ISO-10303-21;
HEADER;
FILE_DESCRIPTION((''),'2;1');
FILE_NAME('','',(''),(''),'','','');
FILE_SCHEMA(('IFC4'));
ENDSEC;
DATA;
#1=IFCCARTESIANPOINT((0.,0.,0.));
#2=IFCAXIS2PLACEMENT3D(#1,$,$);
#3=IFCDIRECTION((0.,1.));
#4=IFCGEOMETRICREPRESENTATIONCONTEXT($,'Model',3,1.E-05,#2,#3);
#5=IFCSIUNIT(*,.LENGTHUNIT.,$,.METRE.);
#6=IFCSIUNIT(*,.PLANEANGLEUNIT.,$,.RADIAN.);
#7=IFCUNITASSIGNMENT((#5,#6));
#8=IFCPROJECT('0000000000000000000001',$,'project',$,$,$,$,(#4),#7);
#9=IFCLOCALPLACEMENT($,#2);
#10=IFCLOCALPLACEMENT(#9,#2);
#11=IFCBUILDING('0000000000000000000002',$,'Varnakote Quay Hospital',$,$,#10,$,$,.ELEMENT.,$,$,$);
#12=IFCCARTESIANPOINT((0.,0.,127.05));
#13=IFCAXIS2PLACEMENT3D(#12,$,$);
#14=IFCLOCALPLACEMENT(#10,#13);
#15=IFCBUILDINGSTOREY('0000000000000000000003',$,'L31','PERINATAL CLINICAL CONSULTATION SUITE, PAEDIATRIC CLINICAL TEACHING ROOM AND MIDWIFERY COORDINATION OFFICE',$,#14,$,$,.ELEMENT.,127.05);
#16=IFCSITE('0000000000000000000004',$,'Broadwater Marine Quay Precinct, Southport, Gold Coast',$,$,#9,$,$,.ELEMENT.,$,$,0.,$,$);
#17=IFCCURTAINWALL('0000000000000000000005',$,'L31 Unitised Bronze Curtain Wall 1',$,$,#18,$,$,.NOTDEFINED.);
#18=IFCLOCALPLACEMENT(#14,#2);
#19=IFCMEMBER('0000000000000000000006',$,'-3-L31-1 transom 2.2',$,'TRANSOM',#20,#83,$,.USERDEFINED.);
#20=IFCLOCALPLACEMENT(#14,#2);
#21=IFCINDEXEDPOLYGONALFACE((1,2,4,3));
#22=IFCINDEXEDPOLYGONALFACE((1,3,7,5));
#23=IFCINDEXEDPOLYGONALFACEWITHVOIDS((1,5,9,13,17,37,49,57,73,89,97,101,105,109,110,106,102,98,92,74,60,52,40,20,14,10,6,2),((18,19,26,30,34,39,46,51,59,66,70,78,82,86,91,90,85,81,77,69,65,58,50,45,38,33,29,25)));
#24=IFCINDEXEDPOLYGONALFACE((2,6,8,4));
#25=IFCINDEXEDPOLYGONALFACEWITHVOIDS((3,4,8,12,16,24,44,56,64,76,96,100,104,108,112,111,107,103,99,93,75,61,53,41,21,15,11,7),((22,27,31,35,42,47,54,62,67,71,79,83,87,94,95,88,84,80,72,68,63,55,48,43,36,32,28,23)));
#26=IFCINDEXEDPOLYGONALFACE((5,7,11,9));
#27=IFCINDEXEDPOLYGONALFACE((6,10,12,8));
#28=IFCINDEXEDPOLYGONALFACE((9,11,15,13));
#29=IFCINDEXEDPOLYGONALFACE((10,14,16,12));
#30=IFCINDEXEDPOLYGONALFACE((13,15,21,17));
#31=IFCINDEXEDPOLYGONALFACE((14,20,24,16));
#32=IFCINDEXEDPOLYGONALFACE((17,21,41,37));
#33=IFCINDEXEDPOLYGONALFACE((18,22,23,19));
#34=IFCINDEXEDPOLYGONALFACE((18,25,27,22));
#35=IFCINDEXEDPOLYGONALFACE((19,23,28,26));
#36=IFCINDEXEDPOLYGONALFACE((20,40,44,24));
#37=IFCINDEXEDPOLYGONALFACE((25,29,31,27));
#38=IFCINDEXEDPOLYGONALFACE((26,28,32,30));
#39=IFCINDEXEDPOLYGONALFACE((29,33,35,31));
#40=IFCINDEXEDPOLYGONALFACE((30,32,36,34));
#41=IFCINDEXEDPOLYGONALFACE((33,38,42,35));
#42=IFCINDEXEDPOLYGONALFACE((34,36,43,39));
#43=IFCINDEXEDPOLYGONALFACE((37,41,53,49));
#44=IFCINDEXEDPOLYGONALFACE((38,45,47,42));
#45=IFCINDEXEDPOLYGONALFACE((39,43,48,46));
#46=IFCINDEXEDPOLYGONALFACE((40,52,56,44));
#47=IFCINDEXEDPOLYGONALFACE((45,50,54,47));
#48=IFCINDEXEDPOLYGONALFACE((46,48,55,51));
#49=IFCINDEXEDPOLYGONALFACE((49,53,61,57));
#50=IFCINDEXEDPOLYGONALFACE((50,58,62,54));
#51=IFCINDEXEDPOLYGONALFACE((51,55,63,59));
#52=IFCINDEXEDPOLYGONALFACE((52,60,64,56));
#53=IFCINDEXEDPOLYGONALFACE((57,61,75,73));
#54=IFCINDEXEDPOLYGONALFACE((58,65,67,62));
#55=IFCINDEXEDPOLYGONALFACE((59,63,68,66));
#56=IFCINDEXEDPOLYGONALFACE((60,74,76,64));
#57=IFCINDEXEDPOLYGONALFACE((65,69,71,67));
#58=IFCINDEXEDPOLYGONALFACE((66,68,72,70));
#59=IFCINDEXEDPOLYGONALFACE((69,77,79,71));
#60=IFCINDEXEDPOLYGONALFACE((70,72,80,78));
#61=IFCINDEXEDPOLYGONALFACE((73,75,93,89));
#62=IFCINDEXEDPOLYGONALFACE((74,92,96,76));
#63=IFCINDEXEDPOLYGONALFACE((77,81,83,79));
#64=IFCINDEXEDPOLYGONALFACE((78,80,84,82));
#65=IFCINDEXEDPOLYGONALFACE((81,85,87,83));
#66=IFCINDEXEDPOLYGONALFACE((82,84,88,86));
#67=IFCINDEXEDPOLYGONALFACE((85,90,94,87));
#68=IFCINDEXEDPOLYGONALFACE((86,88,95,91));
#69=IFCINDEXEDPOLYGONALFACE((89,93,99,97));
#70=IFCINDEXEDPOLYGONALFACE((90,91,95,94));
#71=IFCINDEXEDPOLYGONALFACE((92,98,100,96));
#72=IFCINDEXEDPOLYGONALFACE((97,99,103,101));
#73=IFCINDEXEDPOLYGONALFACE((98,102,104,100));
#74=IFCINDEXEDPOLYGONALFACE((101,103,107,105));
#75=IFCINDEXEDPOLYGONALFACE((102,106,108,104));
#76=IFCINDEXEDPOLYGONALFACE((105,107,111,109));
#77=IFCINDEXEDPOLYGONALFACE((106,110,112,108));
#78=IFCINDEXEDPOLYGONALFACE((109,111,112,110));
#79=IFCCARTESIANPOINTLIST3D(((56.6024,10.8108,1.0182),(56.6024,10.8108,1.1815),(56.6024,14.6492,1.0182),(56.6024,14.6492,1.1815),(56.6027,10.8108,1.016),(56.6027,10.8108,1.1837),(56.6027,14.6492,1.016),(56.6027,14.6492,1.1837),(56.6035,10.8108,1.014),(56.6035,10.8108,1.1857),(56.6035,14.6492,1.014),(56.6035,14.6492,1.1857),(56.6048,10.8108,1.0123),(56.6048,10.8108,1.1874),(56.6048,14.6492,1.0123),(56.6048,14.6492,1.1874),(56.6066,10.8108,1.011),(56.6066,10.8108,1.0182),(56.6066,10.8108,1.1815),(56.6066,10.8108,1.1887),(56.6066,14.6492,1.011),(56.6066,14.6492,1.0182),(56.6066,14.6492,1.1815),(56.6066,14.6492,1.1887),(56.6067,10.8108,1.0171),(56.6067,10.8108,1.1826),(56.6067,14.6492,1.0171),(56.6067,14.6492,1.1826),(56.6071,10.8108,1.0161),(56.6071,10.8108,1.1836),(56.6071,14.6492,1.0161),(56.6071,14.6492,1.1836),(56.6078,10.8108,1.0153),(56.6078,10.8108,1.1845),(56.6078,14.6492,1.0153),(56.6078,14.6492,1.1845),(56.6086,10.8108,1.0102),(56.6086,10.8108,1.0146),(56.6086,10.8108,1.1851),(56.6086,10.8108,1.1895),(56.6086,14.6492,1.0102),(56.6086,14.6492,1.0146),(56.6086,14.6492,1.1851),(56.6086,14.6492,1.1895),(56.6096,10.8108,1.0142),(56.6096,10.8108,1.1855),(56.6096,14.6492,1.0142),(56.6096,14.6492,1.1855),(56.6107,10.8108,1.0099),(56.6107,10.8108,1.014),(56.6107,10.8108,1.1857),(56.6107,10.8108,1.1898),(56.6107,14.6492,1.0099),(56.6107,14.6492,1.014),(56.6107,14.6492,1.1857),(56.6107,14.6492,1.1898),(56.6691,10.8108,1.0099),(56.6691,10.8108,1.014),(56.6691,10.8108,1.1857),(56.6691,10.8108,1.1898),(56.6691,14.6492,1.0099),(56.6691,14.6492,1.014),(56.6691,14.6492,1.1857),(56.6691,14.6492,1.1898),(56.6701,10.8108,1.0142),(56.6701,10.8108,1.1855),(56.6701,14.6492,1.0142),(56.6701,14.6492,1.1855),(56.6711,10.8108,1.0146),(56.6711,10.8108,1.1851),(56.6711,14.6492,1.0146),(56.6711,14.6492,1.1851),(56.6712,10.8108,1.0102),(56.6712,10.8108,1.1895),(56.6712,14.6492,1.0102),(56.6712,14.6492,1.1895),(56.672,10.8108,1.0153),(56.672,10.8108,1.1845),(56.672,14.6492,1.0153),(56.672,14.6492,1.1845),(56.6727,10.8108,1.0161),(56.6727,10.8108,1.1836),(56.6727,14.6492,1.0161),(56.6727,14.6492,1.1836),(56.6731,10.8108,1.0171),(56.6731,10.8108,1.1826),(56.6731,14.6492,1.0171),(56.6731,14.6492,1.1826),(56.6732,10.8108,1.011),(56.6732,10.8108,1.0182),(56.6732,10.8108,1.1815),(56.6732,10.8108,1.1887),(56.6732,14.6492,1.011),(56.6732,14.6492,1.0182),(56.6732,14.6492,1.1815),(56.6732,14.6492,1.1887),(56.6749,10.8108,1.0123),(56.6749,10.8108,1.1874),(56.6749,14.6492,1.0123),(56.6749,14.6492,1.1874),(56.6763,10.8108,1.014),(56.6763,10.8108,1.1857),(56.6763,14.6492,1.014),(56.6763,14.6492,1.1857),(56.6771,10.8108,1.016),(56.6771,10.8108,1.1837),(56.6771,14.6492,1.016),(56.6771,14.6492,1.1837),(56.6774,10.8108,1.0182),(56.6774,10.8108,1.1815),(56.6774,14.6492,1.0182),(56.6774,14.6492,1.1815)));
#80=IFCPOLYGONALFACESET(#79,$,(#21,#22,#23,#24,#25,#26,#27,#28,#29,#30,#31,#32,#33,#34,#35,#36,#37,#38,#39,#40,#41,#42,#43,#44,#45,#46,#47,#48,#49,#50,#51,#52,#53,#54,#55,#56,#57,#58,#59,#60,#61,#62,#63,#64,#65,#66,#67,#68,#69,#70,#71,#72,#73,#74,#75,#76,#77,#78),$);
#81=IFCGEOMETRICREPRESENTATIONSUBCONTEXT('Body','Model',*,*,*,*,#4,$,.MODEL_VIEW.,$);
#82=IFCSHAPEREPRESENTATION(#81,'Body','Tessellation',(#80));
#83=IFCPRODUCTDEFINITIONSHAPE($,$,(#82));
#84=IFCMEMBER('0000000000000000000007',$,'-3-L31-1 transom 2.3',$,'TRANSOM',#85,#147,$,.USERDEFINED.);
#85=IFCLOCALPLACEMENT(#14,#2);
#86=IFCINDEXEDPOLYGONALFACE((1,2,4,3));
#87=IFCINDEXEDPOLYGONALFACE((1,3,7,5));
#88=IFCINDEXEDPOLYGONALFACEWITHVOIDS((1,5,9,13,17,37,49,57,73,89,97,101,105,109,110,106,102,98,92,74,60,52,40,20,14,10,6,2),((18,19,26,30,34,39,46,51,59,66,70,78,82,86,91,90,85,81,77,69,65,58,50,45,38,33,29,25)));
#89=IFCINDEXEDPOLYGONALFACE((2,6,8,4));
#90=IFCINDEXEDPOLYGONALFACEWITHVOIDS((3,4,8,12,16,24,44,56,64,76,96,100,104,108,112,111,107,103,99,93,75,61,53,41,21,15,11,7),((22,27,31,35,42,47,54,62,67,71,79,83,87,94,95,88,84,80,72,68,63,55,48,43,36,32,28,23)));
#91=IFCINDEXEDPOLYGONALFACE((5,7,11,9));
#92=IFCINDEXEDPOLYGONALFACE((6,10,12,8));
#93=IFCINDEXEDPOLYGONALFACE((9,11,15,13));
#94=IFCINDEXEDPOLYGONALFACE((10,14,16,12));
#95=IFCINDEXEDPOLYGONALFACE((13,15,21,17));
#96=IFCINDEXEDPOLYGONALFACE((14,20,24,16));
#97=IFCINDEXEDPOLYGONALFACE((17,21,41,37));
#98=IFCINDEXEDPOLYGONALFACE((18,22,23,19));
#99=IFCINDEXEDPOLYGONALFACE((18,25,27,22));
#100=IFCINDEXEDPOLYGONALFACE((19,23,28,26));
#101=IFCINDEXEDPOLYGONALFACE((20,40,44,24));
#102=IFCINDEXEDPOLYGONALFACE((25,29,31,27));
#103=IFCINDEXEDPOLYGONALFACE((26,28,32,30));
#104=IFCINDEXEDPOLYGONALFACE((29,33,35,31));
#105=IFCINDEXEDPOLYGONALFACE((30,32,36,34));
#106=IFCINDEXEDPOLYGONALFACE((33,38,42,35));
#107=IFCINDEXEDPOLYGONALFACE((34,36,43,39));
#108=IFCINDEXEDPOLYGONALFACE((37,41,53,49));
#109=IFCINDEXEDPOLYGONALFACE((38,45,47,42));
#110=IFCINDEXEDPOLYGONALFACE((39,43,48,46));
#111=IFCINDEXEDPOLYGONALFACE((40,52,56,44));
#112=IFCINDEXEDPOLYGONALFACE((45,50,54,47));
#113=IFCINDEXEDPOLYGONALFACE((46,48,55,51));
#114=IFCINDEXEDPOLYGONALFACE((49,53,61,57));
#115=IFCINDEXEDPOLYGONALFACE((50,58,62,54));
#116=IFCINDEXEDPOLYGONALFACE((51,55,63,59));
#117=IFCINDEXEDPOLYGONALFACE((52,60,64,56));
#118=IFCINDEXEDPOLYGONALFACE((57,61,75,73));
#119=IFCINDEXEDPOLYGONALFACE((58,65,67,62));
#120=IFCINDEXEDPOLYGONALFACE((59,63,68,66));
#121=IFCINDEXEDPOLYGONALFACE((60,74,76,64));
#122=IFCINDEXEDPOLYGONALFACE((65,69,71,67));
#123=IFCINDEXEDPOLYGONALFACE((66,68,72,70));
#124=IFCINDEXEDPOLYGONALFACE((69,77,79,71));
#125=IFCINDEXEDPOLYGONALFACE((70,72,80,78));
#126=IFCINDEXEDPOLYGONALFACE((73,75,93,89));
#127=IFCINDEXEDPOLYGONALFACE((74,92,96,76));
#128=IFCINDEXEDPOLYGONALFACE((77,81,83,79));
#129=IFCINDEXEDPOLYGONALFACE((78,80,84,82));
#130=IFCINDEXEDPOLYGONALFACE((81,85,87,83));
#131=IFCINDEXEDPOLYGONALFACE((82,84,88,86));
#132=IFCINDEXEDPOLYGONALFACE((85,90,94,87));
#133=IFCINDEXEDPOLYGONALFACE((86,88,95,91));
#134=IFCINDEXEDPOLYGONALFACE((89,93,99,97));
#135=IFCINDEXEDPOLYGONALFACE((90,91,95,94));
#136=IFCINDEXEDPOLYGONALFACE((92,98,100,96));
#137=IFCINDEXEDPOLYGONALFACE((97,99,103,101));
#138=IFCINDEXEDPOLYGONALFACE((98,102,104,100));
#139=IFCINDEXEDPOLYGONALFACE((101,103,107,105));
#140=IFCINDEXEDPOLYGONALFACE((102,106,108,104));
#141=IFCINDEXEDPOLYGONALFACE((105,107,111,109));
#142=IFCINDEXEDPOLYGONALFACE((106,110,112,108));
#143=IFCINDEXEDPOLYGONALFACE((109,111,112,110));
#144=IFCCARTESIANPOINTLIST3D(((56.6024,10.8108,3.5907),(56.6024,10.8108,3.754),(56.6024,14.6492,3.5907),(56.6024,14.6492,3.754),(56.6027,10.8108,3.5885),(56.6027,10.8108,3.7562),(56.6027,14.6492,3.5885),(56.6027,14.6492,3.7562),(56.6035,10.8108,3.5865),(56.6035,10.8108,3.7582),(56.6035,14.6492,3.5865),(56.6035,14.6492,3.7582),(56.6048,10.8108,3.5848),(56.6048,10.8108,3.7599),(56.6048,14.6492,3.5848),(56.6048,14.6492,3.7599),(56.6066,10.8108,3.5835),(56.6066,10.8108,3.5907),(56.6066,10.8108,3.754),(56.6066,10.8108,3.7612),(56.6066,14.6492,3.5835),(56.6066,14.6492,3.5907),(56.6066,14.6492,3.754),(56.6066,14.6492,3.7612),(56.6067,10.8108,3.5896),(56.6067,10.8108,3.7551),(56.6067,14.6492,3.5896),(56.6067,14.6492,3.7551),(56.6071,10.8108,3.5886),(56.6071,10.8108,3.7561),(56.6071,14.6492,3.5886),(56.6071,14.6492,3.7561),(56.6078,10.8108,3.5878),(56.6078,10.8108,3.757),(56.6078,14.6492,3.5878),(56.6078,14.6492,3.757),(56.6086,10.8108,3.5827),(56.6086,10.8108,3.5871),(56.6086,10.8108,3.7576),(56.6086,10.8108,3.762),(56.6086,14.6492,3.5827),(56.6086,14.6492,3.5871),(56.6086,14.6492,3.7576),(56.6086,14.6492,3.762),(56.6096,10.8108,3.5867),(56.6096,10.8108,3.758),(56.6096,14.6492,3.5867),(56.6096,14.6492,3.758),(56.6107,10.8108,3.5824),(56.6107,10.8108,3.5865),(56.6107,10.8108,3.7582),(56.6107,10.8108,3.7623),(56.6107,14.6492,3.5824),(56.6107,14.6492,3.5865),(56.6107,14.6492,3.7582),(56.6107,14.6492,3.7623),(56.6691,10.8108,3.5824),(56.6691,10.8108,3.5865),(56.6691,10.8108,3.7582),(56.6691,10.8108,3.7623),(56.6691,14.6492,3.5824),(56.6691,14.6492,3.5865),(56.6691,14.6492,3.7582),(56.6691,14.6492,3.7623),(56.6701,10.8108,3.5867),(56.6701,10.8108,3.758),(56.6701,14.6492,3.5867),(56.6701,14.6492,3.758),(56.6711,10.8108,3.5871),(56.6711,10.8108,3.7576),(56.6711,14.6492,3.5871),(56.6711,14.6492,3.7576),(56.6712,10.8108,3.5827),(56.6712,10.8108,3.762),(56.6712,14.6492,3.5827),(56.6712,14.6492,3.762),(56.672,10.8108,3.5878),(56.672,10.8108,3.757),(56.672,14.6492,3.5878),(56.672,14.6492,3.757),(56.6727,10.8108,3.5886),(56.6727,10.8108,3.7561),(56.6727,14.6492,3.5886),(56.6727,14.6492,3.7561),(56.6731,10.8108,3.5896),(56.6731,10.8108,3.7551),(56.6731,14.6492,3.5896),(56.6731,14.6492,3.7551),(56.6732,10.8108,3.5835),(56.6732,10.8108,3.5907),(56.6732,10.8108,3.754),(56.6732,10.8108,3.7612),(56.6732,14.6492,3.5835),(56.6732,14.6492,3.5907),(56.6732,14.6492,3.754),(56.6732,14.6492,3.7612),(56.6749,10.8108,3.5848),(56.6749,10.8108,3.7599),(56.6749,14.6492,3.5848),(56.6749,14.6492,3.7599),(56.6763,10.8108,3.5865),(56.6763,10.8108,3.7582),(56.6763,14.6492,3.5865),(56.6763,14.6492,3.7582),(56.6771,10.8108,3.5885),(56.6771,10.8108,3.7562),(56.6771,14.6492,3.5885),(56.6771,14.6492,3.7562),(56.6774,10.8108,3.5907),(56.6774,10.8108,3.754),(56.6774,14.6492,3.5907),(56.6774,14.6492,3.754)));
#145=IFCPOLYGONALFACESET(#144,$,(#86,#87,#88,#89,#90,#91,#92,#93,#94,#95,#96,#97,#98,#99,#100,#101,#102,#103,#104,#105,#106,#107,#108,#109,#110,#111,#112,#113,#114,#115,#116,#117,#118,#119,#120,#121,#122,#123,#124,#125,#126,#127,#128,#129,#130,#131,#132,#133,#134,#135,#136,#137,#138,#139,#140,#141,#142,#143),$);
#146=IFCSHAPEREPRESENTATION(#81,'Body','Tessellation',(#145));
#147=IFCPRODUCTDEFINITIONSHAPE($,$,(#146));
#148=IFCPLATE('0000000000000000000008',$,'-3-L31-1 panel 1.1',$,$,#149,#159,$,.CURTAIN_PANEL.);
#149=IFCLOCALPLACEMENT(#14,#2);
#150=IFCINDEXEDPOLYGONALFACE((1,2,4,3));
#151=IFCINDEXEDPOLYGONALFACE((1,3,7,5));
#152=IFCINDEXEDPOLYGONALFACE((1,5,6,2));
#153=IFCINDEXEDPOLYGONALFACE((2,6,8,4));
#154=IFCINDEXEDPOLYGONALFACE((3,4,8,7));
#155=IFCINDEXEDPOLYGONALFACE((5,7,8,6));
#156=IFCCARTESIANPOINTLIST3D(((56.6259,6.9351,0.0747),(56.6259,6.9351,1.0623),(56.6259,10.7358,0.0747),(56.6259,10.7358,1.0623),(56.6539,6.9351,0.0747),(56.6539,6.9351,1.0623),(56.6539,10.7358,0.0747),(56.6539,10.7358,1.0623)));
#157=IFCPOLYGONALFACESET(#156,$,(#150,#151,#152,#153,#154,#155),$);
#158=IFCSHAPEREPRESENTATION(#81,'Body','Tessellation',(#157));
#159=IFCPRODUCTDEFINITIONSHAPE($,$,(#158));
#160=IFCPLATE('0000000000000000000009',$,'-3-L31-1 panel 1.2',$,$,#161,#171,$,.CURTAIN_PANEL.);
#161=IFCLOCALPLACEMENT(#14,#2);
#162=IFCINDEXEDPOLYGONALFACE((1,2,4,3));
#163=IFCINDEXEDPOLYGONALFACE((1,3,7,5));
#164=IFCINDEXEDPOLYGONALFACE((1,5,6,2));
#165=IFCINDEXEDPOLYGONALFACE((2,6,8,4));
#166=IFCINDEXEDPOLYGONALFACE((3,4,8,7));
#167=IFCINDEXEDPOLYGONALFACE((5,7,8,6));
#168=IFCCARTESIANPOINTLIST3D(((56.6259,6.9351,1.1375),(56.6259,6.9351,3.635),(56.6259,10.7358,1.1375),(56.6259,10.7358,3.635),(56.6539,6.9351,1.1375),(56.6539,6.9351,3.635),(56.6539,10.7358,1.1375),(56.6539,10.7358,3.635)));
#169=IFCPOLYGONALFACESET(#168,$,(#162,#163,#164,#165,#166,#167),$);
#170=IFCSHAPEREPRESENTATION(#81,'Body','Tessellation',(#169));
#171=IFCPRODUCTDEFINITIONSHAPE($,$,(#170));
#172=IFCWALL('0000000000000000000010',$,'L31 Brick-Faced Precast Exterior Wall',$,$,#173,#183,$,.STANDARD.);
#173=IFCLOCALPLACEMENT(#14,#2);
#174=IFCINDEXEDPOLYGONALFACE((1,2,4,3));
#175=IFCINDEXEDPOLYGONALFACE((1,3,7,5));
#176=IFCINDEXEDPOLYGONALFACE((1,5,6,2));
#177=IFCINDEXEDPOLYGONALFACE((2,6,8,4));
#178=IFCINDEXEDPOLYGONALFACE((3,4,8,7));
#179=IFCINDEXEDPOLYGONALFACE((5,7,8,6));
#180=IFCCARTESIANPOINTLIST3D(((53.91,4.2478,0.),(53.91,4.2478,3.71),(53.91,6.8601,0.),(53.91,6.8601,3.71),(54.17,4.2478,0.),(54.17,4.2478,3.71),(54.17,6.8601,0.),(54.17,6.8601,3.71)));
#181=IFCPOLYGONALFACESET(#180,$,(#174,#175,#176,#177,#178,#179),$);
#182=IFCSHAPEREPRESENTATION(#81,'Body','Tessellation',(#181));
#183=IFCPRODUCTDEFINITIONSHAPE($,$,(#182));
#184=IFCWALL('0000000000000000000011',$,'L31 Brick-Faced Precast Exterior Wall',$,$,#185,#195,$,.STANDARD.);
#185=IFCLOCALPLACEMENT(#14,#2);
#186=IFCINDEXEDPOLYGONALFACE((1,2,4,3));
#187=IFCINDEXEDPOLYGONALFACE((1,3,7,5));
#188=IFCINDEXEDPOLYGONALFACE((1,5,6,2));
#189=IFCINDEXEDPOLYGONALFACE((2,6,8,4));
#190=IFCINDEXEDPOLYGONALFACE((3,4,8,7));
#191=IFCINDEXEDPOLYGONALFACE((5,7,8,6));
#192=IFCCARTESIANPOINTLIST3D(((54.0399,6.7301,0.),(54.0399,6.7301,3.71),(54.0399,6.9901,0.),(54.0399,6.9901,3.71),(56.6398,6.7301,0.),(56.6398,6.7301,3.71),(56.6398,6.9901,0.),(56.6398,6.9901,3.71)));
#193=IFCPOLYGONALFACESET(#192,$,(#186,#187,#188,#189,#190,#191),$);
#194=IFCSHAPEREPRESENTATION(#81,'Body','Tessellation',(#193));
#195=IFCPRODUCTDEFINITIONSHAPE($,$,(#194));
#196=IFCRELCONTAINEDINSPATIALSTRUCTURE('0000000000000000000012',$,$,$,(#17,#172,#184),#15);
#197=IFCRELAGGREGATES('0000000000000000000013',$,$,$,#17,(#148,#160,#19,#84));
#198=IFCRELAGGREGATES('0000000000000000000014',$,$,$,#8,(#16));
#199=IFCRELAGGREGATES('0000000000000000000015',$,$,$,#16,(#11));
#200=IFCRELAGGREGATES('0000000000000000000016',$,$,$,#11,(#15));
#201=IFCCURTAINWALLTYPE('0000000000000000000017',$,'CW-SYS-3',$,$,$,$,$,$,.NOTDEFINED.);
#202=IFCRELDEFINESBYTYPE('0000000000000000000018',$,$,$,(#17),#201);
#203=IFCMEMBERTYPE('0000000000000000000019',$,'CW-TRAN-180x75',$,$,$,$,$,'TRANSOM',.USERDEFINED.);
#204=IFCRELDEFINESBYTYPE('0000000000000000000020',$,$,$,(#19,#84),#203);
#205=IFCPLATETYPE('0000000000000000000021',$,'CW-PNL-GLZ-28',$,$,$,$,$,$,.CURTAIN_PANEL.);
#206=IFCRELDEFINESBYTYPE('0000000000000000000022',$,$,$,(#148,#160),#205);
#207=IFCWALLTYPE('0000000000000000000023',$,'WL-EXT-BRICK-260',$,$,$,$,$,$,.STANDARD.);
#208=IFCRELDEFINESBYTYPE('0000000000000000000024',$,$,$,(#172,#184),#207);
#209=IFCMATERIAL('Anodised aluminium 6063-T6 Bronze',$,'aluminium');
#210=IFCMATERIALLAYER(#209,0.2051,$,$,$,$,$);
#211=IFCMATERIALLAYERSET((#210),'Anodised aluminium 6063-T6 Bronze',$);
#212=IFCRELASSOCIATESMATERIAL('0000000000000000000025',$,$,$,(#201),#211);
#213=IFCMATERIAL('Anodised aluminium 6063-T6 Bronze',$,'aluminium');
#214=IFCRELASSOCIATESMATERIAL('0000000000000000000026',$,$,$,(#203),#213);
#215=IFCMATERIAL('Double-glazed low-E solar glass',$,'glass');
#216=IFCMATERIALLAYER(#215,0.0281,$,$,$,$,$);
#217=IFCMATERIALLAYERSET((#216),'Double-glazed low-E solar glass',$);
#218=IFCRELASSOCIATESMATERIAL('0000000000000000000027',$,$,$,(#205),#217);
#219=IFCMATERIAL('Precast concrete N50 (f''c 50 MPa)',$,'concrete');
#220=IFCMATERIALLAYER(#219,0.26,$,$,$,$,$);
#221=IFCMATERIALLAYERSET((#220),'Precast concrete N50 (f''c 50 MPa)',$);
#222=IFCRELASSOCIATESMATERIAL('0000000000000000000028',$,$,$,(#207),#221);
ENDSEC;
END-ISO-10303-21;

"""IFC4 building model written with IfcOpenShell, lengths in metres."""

from ifc_helpers import new_model, si_unit, direction, frame, frame_2d, origin, origin_2d, place, context, subcontext, project, spatial, rectangle, hollow_rectangle, extrude, material, layer, layer_set, material_profile, profile_set, type_object, element, aggregate, save


model = new_model("IFC4")

# Units and contexts
model_context = context("Model", 3, precision=1e-05, world=origin(), true_north=direction((0.0, 1.0)))
body_context = subcontext(model_context, "Body", "Model", "MODEL_VIEW")
ifc_project = project(units=[si_unit("LENGTHUNIT", "METRE"), si_unit("PLANEANGLEUNIT", "RADIAN")], contexts=[model_context])

# Site, building, storey
site_placement = place(None, origin())
site = spatial("IfcSite", under=ifc_project, at=site_placement, Name="Broadwater Marine Quay Precinct, Southport, Gold Coast", CompositionType="ELEMENT", RefElevation=0.0)
building_placement = place(site_placement, origin())
building = spatial("IfcBuilding", under=site, at=building_placement, Name="Varnakote Quay Hospital", CompositionType="ELEMENT")
storey_placement = place(building_placement, frame((0.0, 0.0, 127.05)))
storey = spatial("IfcBuildingStorey", under=building, at=storey_placement, Name="L31", Description="PERINATAL CLINICAL CONSULTATION SUITE, PAEDIATRIC CLINICAL TEACHING ROOM AND MIDWIFERY COORDINATION OFFICE", CompositionType="ELEMENT", Elevation=127.05)

# Curtain wall, members, plates
ifc_material_1 = material(Name="Anodised aluminium 6063-T6 Bronze", Category="aluminium")
ifc_layer_1 = layer(ifc_material_1, 0.2051)
ifc_layer_set_1 = layer_set([ifc_layer_1], Name="Anodised aluminium 6063-T6 Bronze")
curtain_wall_type = type_object("IfcCurtainWallType", Name="CW-SYS-3", PredefinedType="NOTDEFINED", material=ifc_layer_set_1)
curtain_wall_placement = place(storey_placement, origin())
curtain_wall = element("IfcCurtainWall", 1, at=curtain_wall_placement, inside=storey, type_object=curtain_wall_type, Name="L31 Unitised Bronze Curtain Wall 1", PredefinedType="NOTDEFINED")
ifc_material_2 = material(Name="Anodised aluminium 6063-T6 Bronze", Category="aluminium")
ifc_material_profile_1 = material_profile(ifc_material_2, hollow_rectangle(XDim=0.075, YDim=0.1799, WallThickness=0.0042, InnerFilletRadius=0.0042, OuterFilletRadius=0.0083, at=origin_2d()), Name="CW-TRAN-180x75")
ifc_profile_set_1 = profile_set([ifc_material_profile_1], Name="Anodised aluminium 6063-T6 Bronze")
member_type_1 = type_object("IfcMemberType", Name="CW-TRAN-180x75", ElementType="TRANSOM", PredefinedType="USERDEFINED", material=ifc_profile_set_1)
member_1_placement = place(storey_placement, frame((56.6399, 10.8108, 1.0999), z_axis=(0.0, 1.0, 0.0), x_axis=(-1.0, 0.0, 0.0)))
member_1 = element("IfcMember", 2, at=member_1_placement, type_object=member_type_1, Name="-3-L31-1 transom 2.2", ObjectType="TRANSOM", PredefinedType="USERDEFINED", context=body_context, shape_type="SweptSolid", body=[
    extrude(hollow_rectangle(XDim=0.075, YDim=0.1799, WallThickness=0.0042, InnerFilletRadius=0.0042, OuterFilletRadius=0.0083, at=origin_2d()), origin(), (0.0, 0.0, 1.0), 3.8384),
])
member_2_placement = place(storey_placement, frame((56.6399, 10.8108, 3.6724), z_axis=(0.0, 1.0, 0.0), x_axis=(-1.0, 0.0, 0.0)))
member_2 = element("IfcMember", 3, at=member_2_placement, type_object=member_type_1, Name="-3-L31-1 transom 2.3", ObjectType="TRANSOM", PredefinedType="USERDEFINED", context=body_context, shape_type="SweptSolid", body=[
    extrude(hollow_rectangle(XDim=0.075, YDim=0.1799, WallThickness=0.0042, InnerFilletRadius=0.0042, OuterFilletRadius=0.0083, at=origin_2d()), origin(), (0.0, 0.0, 1.0), 3.8384),
])
ifc_material_3 = material(Name="Double-glazed low-E solar glass", Category="glass")
ifc_layer_2 = layer(ifc_material_3, 0.0281)
ifc_layer_set_2 = layer_set([ifc_layer_2], Name="Double-glazed low-E solar glass")
plate_type = type_object("IfcPlateType", Name="CW-PNL-GLZ-28", PredefinedType="CURTAIN_PANEL", material=ifc_layer_set_2)
plate_1_placement = place(storey_placement, frame((56.6399, 8.8354, 0.0747), z_axis=(0.0, 0.0, 1.0), x_axis=(0.0, 1.0, 0.0)))
plate_1 = element("IfcPlate", 4, at=plate_1_placement, type_object=plate_type, Name="-3-L31-1 panel 1.1", PredefinedType="CURTAIN_PANEL", context=body_context, shape_type="SweptSolid", body=[
    extrude(rectangle(XDim=3.8008, YDim=0.0281, at=origin_2d()), origin(), (0.0, 0.0, 1.0), 0.9875),
])
plate_2_placement = place(storey_placement, frame((56.6399, 8.8354, 1.1375), z_axis=(0.0, 0.0, 1.0), x_axis=(0.0, 1.0, 0.0)))
plate_2 = element("IfcPlate", 5, at=plate_2_placement, type_object=plate_type, Name="-3-L31-1 panel 1.2", PredefinedType="CURTAIN_PANEL", context=body_context, shape_type="SweptSolid", body=[
    extrude(rectangle(XDim=3.8008, YDim=0.0281, at=origin_2d()), origin(), (0.0, 0.0, 1.0), 2.4976),
])
aggregate(curtain_wall, [plate_1, plate_2, member_1, member_2])

# Walls
ifc_material_4 = material(Name="Precast concrete N50 (f'c 50 MPa)", Category="concrete")
ifc_layer_3 = layer(ifc_material_4, 0.26)
ifc_layer_set_3 = layer_set([ifc_layer_3], Name="Precast concrete N50 (f'c 50 MPa)")
wall_type_1 = type_object("IfcWallType", Name="WL-EXT-BRICK-260", PredefinedType="STANDARD", material=ifc_layer_set_3)
wall_1_placement = place(storey_placement, frame((54.04, 4.2478, 0.0), z_axis=(0.0, 0.0, 1.0), x_axis=(0.0, 1.0, 0.0)))
element("IfcWall", 6, at=wall_1_placement, inside=storey, type_object=wall_type_1, Name="L31 Brick-Faced Precast Exterior Wall", PredefinedType="STANDARD", context=body_context, shape_type="SweptSolid", body=[
    extrude(rectangle(XDim=2.6123, YDim=0.26, at=frame_2d((1.3062, 0.0))), origin(), (0.0, 0.0, 1.0), 3.71),
])
wall_2_placement = place(storey_placement, frame((54.04, 6.8601, 0.0), z_axis=(0.0, 0.0, 1.0), x_axis=(1.0, 0.0, 0.0)))
element("IfcWall", 7, at=wall_2_placement, inside=storey, type_object=wall_type_1, Name="L31 Brick-Faced Precast Exterior Wall", PredefinedType="STANDARD", context=body_context, shape_type="SweptSolid", body=[
    extrude(rectangle(XDim=2.5999, YDim=0.26, at=frame_2d((1.2998, 0.0))), origin(), (0.0, 0.0, 1.0), 3.71),
])

save(model, "model.ifc")
